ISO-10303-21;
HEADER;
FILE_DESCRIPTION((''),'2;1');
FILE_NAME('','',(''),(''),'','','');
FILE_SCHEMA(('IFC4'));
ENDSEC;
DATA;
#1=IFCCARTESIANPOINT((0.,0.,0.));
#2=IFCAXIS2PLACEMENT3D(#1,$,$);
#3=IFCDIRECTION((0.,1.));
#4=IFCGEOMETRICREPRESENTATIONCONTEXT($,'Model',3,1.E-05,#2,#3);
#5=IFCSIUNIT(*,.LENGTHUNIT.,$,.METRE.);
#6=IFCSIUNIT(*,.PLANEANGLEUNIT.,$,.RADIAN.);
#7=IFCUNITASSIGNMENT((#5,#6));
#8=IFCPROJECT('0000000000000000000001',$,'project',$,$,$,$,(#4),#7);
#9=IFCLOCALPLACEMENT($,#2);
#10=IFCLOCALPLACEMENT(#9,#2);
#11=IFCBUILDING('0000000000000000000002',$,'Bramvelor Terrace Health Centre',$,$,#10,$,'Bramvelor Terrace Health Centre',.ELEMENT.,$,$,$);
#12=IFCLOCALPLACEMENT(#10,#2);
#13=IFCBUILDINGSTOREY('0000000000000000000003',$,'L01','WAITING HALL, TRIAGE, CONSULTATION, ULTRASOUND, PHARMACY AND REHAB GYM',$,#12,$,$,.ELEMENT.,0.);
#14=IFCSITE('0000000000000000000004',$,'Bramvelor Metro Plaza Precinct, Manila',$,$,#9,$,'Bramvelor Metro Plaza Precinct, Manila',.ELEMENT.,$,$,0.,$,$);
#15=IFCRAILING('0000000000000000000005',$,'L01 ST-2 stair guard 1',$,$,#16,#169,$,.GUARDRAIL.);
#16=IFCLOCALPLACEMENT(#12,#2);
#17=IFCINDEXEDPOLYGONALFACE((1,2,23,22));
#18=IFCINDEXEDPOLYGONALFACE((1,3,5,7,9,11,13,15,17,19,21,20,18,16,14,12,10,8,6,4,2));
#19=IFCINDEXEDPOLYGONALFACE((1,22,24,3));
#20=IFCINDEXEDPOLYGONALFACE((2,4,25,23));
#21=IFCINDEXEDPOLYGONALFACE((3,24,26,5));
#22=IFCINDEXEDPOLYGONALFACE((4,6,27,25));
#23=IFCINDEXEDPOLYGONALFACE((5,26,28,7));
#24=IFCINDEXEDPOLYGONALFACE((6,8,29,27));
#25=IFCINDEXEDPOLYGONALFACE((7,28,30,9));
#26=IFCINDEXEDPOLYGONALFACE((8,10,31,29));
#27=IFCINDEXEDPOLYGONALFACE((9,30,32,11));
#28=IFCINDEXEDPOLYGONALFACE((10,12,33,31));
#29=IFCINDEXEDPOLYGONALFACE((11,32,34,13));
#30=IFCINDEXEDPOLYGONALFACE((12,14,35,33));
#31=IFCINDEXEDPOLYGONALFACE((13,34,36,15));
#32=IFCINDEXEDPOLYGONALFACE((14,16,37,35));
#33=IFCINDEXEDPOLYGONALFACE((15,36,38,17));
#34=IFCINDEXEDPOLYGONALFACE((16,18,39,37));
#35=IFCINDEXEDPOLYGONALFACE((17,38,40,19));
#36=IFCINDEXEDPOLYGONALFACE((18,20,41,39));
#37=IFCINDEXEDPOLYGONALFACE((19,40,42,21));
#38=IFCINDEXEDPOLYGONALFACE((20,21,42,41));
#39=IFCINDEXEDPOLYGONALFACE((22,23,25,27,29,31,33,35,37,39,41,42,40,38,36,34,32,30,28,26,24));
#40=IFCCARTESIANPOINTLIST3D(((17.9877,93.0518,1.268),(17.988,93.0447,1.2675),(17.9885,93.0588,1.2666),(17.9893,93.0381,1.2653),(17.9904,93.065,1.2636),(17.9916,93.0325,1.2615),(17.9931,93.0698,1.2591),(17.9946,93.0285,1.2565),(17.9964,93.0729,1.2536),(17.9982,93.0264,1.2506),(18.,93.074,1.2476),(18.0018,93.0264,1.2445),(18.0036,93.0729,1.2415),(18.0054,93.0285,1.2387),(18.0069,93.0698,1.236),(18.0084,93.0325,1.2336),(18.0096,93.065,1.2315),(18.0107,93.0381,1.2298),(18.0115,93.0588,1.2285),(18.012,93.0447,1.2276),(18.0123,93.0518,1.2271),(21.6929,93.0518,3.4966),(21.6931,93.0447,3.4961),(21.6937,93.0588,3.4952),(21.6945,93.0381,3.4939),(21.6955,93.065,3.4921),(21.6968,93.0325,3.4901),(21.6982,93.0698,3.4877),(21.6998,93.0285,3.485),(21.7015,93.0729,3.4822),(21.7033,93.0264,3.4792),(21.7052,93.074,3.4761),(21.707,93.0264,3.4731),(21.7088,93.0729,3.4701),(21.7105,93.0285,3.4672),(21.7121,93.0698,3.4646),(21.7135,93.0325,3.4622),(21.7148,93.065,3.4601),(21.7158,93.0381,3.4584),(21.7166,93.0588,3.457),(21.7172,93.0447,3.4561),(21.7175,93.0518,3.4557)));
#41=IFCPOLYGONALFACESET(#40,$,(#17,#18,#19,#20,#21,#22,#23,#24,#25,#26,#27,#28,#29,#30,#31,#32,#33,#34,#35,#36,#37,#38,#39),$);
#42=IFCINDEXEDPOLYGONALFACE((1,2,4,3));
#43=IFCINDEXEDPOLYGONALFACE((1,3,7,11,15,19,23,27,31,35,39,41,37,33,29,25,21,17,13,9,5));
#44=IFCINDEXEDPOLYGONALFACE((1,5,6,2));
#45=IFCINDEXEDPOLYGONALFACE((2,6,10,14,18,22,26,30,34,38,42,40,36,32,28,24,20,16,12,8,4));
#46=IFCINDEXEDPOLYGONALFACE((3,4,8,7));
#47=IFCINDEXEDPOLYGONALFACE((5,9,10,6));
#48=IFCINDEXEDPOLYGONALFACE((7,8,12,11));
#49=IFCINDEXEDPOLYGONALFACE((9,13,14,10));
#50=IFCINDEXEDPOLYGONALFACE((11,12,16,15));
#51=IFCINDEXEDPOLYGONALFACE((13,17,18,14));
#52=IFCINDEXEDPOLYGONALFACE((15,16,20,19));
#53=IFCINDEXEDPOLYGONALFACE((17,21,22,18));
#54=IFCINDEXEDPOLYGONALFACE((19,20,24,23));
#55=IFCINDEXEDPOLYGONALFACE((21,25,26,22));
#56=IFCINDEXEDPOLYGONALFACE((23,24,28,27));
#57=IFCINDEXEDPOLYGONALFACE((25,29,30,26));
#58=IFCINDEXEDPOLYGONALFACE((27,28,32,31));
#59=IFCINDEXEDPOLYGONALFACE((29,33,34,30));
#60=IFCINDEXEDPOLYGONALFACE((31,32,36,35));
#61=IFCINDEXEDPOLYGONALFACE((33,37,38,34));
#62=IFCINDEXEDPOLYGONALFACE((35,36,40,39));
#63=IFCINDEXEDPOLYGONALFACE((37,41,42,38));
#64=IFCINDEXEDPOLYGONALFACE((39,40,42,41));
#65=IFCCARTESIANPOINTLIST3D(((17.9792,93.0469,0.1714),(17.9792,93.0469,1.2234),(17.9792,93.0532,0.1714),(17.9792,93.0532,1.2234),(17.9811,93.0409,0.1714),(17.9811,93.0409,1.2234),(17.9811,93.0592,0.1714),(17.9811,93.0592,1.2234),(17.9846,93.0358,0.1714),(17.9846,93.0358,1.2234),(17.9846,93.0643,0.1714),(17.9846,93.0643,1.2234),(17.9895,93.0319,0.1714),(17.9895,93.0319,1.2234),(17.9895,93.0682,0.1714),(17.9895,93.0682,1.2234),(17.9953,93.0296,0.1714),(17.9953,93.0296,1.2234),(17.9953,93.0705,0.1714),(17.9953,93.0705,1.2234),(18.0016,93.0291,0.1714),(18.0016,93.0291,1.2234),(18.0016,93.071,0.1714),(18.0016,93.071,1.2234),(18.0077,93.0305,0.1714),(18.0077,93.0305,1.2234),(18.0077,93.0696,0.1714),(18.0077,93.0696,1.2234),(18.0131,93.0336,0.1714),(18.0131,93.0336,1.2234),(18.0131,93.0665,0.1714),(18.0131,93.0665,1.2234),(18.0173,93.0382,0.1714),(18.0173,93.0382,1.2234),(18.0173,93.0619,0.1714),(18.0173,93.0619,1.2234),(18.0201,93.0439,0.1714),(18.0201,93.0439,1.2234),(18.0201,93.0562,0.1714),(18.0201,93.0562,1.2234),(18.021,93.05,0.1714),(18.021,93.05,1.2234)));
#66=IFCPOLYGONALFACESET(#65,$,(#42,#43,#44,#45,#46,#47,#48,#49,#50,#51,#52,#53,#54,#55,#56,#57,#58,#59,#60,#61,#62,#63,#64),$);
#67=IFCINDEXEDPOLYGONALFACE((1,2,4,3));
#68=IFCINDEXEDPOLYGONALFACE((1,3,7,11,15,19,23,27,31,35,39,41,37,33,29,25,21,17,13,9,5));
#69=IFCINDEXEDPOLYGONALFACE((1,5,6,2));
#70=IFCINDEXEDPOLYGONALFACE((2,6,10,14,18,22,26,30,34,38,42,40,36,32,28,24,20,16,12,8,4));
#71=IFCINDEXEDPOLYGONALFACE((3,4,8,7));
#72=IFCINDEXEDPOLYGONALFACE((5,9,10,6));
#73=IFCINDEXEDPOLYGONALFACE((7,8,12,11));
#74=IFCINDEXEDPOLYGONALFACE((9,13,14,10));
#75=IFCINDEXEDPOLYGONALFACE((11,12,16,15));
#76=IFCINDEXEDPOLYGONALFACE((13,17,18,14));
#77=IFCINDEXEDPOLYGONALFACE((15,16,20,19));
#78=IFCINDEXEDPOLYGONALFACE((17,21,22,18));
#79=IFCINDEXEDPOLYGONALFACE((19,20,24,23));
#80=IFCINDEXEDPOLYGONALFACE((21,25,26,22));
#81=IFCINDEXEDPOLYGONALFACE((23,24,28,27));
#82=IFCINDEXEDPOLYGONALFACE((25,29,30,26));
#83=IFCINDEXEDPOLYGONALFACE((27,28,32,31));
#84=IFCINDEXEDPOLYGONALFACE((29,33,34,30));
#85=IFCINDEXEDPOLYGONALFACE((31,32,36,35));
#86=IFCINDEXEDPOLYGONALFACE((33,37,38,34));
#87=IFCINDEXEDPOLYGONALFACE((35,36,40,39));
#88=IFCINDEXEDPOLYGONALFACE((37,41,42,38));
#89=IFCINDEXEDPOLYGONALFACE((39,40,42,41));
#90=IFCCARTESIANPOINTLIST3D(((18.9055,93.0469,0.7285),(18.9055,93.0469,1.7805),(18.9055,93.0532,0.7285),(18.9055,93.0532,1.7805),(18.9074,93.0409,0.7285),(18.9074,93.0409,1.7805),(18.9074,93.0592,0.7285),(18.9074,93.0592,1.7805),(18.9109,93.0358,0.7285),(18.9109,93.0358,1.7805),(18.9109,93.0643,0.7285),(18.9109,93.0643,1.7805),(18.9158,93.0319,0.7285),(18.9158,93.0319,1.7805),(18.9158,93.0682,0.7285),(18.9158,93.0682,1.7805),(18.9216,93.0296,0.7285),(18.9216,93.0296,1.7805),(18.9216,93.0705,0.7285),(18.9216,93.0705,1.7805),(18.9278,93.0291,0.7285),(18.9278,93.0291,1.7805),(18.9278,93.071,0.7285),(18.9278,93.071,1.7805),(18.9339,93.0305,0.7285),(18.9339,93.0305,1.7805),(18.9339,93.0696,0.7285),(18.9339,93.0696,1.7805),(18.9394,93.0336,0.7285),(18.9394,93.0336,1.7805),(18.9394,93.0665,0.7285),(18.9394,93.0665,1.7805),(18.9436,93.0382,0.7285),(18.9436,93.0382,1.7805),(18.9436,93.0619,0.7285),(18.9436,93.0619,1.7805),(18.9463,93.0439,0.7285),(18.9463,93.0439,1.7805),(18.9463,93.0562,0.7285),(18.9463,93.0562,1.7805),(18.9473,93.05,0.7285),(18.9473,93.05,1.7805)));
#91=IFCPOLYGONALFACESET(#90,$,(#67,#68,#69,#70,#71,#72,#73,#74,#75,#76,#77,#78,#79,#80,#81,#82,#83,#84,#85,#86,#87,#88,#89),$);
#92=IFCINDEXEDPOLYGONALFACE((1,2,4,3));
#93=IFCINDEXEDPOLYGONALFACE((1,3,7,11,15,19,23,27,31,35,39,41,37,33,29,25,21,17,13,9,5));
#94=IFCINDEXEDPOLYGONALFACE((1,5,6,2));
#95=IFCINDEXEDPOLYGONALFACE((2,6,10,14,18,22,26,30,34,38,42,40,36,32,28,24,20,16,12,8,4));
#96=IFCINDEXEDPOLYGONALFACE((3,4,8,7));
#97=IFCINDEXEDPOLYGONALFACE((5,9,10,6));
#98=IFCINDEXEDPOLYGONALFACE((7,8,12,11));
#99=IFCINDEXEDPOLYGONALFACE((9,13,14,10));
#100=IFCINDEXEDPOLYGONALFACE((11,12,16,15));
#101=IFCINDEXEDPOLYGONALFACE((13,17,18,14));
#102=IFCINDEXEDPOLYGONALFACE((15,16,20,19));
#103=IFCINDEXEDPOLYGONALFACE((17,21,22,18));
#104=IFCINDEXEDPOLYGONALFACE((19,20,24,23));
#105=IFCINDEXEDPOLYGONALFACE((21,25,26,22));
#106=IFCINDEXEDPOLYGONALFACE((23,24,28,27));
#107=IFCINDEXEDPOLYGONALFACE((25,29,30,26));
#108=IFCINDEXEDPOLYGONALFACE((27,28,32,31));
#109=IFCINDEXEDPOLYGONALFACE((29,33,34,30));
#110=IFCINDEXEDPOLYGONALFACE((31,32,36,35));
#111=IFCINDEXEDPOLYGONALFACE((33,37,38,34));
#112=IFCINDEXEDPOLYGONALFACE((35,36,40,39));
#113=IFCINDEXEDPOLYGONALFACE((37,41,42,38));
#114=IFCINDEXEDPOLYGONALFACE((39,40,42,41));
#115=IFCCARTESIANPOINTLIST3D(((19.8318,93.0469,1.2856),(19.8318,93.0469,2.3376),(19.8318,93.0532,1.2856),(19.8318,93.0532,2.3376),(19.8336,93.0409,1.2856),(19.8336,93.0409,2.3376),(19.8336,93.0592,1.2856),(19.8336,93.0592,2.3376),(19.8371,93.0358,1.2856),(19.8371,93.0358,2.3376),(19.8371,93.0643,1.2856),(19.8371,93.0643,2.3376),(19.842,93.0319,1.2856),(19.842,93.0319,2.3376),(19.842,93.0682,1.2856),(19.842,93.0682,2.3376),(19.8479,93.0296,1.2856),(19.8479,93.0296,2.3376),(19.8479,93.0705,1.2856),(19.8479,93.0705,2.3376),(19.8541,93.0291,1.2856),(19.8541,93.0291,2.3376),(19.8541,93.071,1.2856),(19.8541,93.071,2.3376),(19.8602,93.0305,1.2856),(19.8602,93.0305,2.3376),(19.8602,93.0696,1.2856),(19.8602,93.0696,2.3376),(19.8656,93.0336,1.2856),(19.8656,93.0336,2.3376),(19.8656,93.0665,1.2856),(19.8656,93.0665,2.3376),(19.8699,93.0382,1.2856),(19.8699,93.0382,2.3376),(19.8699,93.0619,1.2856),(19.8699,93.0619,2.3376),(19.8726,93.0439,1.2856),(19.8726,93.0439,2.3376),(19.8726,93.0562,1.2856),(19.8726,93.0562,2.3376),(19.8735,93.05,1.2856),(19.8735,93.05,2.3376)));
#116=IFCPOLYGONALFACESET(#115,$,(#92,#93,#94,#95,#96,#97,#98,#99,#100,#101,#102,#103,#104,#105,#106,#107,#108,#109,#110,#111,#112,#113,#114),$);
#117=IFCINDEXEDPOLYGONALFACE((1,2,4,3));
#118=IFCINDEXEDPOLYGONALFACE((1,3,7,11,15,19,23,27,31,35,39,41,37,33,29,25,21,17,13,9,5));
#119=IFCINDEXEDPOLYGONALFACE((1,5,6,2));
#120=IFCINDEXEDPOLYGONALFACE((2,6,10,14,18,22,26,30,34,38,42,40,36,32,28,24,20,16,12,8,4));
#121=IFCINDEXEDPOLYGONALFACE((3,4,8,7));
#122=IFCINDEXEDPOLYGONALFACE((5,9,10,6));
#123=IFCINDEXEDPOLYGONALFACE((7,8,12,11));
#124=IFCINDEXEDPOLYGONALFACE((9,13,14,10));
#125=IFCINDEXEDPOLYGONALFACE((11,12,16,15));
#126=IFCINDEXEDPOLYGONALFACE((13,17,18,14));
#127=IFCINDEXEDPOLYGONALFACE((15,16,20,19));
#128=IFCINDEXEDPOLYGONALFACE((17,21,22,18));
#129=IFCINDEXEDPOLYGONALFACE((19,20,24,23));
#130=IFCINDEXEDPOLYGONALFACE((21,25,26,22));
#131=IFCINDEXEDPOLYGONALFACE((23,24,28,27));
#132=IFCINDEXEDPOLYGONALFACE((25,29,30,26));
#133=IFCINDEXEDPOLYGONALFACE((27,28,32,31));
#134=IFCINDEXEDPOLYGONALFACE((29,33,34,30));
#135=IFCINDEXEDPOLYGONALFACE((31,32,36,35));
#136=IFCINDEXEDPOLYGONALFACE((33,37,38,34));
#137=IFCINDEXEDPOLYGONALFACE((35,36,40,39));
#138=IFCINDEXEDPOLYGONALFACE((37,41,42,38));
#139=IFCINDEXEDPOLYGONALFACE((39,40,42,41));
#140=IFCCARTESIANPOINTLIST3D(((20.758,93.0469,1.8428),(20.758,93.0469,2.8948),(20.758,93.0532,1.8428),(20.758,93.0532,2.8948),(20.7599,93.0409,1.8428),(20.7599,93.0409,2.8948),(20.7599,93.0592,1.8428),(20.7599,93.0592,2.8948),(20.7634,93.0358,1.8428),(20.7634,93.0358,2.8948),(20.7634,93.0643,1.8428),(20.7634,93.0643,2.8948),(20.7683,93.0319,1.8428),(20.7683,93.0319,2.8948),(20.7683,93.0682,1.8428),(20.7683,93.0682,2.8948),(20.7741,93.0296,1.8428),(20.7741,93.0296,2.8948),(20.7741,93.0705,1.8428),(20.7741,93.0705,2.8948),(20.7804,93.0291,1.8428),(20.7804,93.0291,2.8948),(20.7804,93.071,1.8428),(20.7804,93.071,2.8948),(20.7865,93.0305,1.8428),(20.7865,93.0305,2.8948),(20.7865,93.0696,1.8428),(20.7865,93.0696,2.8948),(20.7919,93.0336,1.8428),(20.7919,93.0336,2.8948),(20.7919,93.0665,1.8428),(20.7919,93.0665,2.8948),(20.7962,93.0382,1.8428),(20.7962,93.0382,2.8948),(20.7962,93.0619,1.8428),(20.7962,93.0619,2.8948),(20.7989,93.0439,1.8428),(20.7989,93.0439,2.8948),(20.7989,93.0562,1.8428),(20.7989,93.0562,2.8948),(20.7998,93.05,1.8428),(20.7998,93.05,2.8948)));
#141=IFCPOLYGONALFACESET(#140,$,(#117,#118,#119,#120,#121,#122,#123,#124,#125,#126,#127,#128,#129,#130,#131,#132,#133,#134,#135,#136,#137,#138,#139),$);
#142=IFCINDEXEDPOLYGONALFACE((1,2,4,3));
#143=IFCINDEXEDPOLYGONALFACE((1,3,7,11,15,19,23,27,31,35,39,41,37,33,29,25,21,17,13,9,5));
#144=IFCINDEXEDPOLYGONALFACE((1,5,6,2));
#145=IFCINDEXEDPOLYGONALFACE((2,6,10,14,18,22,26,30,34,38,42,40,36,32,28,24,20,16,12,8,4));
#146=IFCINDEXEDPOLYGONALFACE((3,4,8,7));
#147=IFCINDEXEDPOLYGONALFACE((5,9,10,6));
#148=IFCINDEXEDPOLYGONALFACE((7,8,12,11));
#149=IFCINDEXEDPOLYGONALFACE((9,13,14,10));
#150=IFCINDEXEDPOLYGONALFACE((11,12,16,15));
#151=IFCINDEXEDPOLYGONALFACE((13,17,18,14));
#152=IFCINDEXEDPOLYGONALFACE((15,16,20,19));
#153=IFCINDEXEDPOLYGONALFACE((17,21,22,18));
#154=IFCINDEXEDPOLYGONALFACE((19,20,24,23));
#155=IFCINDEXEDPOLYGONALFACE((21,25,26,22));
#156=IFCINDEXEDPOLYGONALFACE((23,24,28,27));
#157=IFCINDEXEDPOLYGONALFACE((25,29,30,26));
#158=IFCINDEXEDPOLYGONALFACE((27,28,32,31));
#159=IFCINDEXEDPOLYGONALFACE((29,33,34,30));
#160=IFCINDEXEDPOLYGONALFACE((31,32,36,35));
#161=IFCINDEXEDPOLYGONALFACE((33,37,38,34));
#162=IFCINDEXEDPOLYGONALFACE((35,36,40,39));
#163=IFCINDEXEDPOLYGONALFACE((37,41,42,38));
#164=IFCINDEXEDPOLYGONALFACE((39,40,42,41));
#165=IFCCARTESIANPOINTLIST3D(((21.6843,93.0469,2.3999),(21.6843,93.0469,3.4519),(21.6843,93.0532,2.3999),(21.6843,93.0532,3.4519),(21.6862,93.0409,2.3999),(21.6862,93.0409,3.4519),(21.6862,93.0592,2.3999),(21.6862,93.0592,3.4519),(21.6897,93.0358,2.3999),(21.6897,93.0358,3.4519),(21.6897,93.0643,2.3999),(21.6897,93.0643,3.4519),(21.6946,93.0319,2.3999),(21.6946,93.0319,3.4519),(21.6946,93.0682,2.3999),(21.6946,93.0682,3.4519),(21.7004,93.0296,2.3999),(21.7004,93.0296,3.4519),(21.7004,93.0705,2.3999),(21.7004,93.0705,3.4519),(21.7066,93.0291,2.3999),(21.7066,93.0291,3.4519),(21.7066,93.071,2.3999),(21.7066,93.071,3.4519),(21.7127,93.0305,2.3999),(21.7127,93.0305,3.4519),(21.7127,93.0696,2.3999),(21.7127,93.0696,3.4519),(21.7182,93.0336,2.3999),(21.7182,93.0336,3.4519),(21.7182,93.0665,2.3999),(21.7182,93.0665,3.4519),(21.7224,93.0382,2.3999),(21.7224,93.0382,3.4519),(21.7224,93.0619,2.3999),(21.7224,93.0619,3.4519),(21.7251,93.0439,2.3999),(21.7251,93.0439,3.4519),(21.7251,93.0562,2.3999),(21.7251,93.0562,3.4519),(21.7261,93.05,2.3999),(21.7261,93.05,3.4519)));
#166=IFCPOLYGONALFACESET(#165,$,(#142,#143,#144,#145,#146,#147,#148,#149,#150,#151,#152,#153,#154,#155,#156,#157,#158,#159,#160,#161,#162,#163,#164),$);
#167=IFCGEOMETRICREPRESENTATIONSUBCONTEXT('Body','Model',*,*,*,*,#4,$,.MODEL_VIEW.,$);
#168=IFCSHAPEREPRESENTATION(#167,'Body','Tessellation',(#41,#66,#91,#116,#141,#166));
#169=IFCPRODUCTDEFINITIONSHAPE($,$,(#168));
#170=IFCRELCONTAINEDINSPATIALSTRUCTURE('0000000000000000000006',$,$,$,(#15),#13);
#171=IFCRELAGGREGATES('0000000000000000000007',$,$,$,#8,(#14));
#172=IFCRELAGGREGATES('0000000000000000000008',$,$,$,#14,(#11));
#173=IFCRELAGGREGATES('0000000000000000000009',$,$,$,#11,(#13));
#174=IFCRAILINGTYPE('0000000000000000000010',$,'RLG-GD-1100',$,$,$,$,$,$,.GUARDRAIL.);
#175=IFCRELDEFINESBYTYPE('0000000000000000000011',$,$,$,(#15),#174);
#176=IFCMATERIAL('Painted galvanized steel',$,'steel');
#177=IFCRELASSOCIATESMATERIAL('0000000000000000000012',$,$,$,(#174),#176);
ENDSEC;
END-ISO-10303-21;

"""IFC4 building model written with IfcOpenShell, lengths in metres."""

from ifc_helpers import new_model, si_unit, direction, frame, origin, origin_2d, place, context, subcontext, project, spatial, circle, extrude, material, type_object, element, save


model = new_model("IFC4")

# Units and contexts
model_context = context("Model", 3, precision=1e-05, world=origin(), true_north=direction((0.0, 1.0)))
body_context = subcontext(model_context, "Body", "Model", "MODEL_VIEW")
ifc_project = project(units=[si_unit("LENGTHUNIT", "METRE"), si_unit("PLANEANGLEUNIT", "RADIAN")], contexts=[model_context])

# Site, building, storey
site_placement = place(None, origin())
site = spatial("IfcSite", under=ifc_project, at=site_placement, Name="Bramvelor Metro Plaza Precinct, Manila", LongName="Bramvelor Metro Plaza Precinct, Manila", CompositionType="ELEMENT", RefElevation=0.0)
building_placement = place(site_placement, origin())
building = spatial("IfcBuilding", under=site, at=building_placement, Name="Bramvelor Terrace Health Centre", LongName="Bramvelor Terrace Health Centre", CompositionType="ELEMENT")
storey_placement = place(building_placement, origin())
storey = spatial("IfcBuildingStorey", under=building, at=storey_placement, Name="L01", Description="WAITING HALL, TRIAGE, CONSULTATION, ULTRASOUND, PHARMACY AND REHAB GYM", CompositionType="ELEMENT", Elevation=0.0)

# Railing
ifc_material_1 = material(Name="Painted galvanized steel", Category="steel")
railing_type_1 = type_object("IfcRailingType", Name="RLG-GD-1100", PredefinedType="GUARDRAIL", material=ifc_material_1)
railing_1_placement = place(storey_placement, frame((18.0, 93.05, 0.1714)))
element("IfcRailing", 1, at=railing_1_placement, inside=storey, type_object=railing_type_1, Name="L01 ST-2 stair guard 1", PredefinedType="GUARDRAIL", context=body_context, shape_type="SweptSolid", body=[
    extrude(circle(Radius=0.0239, at=origin_2d()), frame((0.0, 0.0, 1.0762), z_axis=(0.856934, 0.0, 0.515425), x_axis=(0.0, 1.0, 0.0)), (0.0, 0.0, 1.0), 4.3237),
    extrude(circle(Radius=0.021, at=origin_2d()), origin(), (0.0, 0.0, 1.0), 1.052),
    extrude(circle(Radius=0.021, at=origin_2d()), frame((0.9263, 0.0, 0.5571)), (0.0, 0.0, 1.0), 1.052),
    extrude(circle(Radius=0.021, at=origin_2d()), frame((1.8525, 0.0, 1.1143)), (0.0, 0.0, 1.0), 1.052),
    extrude(circle(Radius=0.021, at=origin_2d()), frame((2.7788, 0.0, 1.6714)), (0.0, 0.0, 1.0), 1.052),
    extrude(circle(Radius=0.021, at=origin_2d()), frame((3.7051, 0.0, 2.2285)), (0.0, 0.0, 1.0), 1.052),
])

save(model, "model.ifc")
